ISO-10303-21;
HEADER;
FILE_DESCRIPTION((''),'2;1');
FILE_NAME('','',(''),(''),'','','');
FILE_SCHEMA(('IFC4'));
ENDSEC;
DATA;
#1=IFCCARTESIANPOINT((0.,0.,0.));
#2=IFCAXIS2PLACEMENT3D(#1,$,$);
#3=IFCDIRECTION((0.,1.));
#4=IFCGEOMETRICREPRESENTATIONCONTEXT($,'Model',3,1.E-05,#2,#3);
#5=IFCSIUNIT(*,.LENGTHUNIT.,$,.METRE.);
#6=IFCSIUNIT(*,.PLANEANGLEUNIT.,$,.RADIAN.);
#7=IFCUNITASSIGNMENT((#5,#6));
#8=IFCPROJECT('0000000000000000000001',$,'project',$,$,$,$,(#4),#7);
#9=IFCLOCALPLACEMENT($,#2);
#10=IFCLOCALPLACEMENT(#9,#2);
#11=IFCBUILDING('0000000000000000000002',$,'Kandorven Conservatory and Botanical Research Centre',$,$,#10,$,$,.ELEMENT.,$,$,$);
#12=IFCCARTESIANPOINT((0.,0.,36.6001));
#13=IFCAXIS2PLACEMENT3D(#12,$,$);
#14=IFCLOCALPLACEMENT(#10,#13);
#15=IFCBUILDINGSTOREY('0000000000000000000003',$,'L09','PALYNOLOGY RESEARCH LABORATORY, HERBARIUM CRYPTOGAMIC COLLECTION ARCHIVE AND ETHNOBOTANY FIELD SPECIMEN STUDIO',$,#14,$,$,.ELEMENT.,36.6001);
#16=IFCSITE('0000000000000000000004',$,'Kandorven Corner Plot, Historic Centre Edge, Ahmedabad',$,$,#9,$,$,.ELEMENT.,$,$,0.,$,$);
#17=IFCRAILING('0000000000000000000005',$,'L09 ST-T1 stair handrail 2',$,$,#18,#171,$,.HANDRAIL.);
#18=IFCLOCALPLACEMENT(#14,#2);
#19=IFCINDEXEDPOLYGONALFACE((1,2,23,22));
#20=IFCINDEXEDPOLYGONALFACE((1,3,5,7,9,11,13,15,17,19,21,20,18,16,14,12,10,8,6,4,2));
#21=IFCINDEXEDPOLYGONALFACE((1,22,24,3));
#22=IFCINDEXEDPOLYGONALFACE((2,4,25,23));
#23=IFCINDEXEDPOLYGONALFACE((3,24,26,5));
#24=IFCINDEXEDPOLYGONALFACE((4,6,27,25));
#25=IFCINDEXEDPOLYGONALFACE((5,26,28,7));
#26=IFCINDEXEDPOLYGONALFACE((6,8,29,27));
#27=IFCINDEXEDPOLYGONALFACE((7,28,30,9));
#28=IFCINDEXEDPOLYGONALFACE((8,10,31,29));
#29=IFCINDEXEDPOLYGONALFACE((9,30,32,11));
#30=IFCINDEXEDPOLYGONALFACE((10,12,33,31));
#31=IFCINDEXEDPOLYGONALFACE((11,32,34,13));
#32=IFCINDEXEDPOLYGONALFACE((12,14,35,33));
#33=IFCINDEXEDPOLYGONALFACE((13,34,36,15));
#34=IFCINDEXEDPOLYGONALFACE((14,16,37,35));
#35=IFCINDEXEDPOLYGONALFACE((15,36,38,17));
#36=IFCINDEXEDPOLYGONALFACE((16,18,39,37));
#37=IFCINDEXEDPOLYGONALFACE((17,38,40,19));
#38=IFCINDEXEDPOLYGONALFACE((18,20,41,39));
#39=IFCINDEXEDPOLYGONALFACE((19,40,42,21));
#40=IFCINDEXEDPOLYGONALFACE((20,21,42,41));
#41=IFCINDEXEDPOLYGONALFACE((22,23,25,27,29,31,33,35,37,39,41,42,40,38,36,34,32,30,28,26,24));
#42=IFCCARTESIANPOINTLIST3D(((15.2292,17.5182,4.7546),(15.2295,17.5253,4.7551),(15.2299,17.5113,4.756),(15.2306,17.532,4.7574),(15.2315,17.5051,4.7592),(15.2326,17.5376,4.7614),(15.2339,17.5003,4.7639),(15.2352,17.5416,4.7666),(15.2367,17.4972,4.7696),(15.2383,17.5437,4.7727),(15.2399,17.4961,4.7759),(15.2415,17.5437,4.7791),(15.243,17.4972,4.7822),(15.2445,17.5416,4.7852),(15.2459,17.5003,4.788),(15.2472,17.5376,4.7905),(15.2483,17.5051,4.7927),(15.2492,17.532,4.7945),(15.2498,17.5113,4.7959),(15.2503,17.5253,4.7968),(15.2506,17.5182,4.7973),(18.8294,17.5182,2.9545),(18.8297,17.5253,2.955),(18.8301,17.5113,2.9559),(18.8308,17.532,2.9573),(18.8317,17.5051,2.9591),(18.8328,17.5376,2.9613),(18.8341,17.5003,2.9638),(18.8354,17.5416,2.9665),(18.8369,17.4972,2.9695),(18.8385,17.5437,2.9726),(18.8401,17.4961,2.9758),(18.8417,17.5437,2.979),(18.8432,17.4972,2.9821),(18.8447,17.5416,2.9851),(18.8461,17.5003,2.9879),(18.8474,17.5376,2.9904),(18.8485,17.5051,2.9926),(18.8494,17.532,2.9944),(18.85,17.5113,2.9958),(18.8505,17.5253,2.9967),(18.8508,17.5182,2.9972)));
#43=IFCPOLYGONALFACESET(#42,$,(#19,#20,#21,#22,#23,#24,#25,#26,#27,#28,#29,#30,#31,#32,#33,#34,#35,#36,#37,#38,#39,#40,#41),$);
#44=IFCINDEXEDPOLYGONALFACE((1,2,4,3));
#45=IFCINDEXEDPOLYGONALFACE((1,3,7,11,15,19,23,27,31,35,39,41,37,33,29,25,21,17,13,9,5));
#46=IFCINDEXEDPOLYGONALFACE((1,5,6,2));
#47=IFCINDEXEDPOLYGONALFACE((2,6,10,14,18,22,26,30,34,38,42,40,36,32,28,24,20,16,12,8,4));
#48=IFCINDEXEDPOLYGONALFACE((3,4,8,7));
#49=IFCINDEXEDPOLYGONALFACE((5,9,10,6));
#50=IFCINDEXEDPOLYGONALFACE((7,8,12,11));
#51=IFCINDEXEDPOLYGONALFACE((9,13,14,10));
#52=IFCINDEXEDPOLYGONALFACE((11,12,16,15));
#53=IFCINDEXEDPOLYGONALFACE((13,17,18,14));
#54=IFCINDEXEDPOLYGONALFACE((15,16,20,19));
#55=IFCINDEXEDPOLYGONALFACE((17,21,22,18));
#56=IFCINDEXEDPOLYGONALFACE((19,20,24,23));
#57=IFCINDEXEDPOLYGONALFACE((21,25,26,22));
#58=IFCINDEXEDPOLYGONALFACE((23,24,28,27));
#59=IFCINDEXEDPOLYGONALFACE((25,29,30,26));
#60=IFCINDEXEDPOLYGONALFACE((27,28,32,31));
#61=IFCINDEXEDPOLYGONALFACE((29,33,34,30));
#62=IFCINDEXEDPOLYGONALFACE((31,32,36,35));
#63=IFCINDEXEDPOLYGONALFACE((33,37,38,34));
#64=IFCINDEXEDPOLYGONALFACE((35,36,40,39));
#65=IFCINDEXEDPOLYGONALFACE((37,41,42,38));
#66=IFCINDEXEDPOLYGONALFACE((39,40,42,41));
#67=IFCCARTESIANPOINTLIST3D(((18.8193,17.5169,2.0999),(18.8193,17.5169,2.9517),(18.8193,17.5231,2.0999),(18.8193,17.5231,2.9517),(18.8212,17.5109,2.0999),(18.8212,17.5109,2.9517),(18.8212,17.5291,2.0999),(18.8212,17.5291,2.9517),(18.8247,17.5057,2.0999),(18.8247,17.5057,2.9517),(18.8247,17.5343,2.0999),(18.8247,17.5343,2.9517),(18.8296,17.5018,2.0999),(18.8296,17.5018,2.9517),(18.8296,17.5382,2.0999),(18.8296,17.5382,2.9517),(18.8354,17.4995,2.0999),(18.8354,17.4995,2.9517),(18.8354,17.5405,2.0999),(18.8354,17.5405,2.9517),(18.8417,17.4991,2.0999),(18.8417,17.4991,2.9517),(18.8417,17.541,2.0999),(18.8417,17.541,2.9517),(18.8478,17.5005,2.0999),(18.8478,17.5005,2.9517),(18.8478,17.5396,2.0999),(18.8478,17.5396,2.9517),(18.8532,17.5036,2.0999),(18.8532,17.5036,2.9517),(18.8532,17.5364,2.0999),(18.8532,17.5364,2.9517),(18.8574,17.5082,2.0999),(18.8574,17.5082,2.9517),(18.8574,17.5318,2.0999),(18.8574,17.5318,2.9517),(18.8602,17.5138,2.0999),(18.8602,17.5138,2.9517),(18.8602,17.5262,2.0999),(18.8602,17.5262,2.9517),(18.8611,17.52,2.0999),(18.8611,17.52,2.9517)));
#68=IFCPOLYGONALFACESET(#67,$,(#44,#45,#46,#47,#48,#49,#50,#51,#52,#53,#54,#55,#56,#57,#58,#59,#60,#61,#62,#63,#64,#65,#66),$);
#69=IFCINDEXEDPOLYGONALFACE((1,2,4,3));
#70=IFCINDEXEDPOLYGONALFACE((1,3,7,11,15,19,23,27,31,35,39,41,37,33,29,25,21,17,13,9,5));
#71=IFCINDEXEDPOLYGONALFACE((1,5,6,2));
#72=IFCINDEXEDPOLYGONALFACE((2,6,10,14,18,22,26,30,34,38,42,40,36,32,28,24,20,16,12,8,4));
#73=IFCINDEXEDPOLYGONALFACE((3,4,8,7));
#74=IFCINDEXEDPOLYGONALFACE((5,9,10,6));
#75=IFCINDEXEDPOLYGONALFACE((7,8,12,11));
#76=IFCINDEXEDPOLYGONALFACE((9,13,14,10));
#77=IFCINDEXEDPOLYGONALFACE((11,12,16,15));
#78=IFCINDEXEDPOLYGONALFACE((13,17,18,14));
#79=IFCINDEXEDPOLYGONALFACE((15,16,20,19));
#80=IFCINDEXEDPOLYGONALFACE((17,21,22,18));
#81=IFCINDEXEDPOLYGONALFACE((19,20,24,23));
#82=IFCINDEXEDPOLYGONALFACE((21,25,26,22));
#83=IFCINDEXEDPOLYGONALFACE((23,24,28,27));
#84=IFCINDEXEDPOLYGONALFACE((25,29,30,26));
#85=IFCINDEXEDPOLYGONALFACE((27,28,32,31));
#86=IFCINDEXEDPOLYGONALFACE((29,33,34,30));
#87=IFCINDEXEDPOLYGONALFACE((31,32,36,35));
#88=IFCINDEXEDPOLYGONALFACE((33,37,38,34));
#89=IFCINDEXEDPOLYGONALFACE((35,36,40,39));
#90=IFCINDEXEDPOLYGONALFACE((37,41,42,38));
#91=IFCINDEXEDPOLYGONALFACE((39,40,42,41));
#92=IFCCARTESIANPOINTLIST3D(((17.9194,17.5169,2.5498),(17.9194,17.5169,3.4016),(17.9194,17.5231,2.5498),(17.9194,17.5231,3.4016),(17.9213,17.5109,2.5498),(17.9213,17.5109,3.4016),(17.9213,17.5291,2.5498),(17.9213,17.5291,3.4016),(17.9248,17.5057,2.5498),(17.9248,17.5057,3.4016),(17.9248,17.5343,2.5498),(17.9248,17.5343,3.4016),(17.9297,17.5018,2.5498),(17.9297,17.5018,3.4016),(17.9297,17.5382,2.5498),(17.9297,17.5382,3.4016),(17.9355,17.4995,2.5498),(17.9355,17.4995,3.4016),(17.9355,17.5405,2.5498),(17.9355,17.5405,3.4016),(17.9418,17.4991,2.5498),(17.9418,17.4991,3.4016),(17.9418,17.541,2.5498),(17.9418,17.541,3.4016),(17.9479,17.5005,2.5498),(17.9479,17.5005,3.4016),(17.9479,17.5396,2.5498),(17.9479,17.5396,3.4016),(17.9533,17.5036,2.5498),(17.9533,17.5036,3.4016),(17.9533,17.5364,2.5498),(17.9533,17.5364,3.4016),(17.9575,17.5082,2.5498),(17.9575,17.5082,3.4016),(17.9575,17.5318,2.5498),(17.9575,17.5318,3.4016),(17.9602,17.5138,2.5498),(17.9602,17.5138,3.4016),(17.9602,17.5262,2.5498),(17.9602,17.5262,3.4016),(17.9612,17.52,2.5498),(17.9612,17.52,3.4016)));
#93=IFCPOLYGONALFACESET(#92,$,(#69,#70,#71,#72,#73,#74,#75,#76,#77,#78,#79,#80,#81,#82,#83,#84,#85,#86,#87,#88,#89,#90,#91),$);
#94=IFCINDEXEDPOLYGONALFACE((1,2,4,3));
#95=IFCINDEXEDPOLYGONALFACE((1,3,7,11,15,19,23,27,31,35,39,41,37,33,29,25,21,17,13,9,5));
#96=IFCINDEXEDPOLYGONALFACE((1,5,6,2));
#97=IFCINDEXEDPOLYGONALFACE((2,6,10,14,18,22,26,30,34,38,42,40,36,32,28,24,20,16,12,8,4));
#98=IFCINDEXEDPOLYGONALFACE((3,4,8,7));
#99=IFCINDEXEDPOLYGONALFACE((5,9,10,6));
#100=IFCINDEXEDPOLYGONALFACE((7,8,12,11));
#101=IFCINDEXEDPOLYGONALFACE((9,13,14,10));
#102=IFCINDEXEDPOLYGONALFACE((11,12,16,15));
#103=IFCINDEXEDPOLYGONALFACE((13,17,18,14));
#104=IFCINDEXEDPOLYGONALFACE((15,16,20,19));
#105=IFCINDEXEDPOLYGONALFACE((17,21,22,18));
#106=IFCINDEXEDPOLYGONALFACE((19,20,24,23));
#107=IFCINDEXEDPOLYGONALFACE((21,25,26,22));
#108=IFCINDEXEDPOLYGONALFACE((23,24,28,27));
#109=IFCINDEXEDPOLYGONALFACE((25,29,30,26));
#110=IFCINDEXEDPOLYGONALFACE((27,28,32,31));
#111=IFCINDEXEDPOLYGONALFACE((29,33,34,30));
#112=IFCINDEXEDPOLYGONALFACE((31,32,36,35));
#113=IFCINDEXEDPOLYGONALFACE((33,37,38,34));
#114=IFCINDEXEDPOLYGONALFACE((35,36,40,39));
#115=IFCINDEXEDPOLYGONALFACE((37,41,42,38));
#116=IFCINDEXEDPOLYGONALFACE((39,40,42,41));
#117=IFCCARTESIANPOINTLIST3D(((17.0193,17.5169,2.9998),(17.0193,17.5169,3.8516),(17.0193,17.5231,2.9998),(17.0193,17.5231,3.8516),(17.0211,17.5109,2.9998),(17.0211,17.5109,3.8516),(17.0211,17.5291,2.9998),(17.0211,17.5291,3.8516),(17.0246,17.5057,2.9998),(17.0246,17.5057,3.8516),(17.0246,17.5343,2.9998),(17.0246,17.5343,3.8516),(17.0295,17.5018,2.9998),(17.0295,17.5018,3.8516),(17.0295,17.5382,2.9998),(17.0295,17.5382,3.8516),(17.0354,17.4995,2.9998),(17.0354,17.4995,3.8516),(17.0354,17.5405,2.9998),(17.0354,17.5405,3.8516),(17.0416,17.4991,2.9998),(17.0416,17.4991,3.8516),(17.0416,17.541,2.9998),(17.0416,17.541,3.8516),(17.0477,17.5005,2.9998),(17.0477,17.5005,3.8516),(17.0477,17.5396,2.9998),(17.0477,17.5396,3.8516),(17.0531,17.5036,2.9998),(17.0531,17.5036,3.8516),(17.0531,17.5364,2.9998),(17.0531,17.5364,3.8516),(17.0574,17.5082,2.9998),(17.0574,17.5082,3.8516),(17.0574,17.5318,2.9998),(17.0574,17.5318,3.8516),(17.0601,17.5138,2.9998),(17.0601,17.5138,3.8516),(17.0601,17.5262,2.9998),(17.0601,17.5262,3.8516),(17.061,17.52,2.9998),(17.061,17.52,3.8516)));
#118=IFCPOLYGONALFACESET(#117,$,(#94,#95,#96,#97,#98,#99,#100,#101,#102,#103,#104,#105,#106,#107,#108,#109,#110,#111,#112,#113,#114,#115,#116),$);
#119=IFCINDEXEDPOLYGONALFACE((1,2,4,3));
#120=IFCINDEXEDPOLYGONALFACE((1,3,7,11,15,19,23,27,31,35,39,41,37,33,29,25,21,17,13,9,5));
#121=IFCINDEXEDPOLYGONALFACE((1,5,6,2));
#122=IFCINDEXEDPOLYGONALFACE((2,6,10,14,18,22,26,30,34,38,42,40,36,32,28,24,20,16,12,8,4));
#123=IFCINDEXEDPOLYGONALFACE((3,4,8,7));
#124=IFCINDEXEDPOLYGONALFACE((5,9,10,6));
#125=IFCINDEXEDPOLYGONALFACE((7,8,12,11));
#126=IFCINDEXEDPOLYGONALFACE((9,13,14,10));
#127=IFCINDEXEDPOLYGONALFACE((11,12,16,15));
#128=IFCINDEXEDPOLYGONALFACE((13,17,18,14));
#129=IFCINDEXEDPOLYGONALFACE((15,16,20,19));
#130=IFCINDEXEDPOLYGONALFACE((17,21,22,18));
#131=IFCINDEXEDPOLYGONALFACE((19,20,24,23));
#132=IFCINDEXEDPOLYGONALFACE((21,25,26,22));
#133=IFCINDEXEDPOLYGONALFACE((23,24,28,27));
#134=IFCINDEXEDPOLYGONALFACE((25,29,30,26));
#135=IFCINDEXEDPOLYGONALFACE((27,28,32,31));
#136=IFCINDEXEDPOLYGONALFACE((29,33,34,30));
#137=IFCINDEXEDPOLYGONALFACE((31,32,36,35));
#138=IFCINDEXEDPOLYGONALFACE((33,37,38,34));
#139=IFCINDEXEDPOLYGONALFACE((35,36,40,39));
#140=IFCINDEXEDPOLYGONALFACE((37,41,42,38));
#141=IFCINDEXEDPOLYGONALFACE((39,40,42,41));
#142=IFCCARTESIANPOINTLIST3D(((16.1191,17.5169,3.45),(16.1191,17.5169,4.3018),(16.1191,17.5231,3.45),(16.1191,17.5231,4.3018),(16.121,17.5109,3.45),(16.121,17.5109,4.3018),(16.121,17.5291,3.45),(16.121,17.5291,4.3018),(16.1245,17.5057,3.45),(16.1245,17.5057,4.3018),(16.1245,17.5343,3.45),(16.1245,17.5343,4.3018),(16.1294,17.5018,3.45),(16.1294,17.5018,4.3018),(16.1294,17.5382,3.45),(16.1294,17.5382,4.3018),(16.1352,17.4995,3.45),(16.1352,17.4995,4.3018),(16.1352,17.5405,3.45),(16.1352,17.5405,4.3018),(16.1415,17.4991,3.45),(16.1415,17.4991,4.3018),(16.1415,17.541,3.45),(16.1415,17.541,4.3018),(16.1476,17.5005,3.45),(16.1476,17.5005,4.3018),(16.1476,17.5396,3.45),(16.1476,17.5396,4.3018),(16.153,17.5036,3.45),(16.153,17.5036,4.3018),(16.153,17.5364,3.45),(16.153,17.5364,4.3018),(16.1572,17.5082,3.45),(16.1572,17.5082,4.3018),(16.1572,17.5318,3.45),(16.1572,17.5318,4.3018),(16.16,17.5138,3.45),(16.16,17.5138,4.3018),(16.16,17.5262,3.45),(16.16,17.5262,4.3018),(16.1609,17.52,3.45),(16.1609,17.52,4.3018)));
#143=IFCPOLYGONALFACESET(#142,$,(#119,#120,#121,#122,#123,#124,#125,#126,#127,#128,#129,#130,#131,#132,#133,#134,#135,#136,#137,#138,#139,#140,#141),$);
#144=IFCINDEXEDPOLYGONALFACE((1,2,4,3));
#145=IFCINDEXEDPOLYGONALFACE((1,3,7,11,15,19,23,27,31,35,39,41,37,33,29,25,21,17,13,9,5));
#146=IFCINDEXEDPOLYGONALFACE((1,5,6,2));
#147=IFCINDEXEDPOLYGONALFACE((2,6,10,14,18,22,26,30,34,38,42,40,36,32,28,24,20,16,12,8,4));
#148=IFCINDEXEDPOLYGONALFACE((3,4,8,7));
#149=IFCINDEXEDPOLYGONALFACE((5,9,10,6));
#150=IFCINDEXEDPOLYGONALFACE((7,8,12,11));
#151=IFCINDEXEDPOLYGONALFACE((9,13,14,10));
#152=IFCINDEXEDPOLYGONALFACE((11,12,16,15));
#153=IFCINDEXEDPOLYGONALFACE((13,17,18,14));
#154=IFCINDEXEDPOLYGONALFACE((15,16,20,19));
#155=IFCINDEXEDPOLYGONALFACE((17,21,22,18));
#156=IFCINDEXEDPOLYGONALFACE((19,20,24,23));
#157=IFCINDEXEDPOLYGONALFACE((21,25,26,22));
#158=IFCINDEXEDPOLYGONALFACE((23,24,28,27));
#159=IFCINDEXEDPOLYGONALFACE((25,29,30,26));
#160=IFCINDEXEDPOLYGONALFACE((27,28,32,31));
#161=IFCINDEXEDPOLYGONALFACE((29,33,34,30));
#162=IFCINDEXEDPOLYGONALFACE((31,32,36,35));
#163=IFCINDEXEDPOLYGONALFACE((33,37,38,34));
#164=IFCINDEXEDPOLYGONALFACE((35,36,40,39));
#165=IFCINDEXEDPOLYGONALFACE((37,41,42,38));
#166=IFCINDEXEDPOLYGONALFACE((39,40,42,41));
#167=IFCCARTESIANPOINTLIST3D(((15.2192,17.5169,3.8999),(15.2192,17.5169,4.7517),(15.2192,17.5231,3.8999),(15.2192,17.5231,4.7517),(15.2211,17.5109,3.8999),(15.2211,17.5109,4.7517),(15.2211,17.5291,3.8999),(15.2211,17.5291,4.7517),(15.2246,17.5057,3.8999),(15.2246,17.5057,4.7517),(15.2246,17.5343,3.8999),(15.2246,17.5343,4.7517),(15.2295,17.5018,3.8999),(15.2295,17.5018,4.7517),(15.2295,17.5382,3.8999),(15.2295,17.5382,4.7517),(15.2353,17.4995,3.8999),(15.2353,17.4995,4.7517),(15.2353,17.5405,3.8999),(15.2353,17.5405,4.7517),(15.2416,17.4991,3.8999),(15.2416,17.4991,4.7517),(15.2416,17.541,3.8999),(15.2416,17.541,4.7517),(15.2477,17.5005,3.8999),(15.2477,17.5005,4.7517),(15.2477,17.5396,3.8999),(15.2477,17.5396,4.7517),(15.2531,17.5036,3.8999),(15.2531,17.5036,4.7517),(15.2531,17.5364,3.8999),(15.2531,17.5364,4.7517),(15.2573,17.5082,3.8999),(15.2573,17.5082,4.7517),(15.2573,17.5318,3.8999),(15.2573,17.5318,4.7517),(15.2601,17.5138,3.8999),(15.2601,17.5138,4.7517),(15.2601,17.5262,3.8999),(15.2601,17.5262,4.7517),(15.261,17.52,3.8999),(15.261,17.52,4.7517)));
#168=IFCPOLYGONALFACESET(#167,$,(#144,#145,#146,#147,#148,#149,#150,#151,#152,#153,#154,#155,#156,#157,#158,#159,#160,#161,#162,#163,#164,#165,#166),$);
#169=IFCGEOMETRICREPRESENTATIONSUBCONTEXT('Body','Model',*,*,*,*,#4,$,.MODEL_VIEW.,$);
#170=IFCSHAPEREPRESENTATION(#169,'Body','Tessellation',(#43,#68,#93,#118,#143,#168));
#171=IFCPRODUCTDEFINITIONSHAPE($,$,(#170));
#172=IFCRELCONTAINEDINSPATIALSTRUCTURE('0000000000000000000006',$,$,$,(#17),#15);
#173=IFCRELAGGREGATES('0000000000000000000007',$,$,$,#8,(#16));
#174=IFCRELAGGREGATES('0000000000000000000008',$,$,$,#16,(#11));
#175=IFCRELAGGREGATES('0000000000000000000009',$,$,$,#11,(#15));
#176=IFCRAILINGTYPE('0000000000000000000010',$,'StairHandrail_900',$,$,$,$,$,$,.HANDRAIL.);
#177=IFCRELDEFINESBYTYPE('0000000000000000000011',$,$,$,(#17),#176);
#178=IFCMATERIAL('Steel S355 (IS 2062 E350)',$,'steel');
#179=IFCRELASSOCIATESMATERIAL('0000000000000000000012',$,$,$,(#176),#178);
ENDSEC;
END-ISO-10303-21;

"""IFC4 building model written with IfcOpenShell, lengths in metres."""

from ifc_helpers import new_model, si_unit, direction, frame, origin, origin_2d, place, context, subcontext, project, spatial, circle, extrude, material, type_object, element, save


model = new_model("IFC4")

# Units and contexts
model_context = context("Model", 3, precision=1e-05, world=origin(), true_north=direction((0.0, 1.0)))
body_context = subcontext(model_context, "Body", "Model", "MODEL_VIEW")
ifc_project = project(units=[si_unit("LENGTHUNIT", "METRE"), si_unit("PLANEANGLEUNIT", "RADIAN")], contexts=[model_context])

# Site, building, storey
site_placement = place(None, origin())
site = spatial("IfcSite", under=ifc_project, at=site_placement, Name="Kandorven Corner Plot, Historic Centre Edge, Ahmedabad", CompositionType="ELEMENT", RefElevation=0.0)
building_placement = place(site_placement, origin())
building = spatial("IfcBuilding", under=site, at=building_placement, Name="Kandorven Conservatory and Botanical Research Centre", CompositionType="ELEMENT")
storey_placement = place(building_placement, frame((0.0, 0.0, 36.6001)))
storey = spatial("IfcBuildingStorey", under=building, at=storey_placement, Name="L09", Description="PALYNOLOGY RESEARCH LABORATORY, HERBARIUM CRYPTOGAMIC COLLECTION ARCHIVE AND ETHNOBOTANY FIELD SPECIMEN STUDIO", CompositionType="ELEMENT", Elevation=36.6001)

# Railing
ifc_material_1 = material(Name="Steel S355 (IS 2062 E350)", Category="steel")
railing_type_1 = type_object("IfcRailingType", Name="StairHandrail_900", PredefinedType="HANDRAIL", material=ifc_material_1)
railing_1_placement = place(storey_placement, frame((18.8401, 17.52, 2.0999)))
element("IfcRailing", 1, at=railing_1_placement, inside=storey, type_object=railing_type_1, Name="L09 ST-T1 stair handrail 2", PredefinedType="HANDRAIL", context=body_context, shape_type="SweptSolid", body=[
    extrude(circle(Radius=0.0239, at=origin_2d()), frame((0.0, 0.0, 0.876), z_axis=(-0.894427, 0.0, 0.447214), x_axis=(0.0, -1.0, 0.0)), (0.0, 0.0, 1.0), 4.0251),
    extrude(circle(Radius=0.021, at=origin_2d()), origin(), (0.0, 0.0, 1.0), 0.8518),
    extrude(circle(Radius=0.021, at=origin_2d()), frame((-0.8999, 0.0, 0.45)), (0.0, 0.0, 1.0), 0.8518),
    extrude(circle(Radius=0.021, at=origin_2d()), frame((-1.8, 0.0, 0.8999)), (0.0, 0.0, 1.0), 0.8518),
    extrude(circle(Radius=0.021, at=origin_2d()), frame((-2.7002, 0.0, 1.3501)), (0.0, 0.0, 1.0), 0.8518),
    extrude(circle(Radius=0.021, at=origin_2d()), frame((-3.6001, 0.0, 1.8)), (0.0, 0.0, 1.0), 0.8518),
])

save(model, "model.ifc")
